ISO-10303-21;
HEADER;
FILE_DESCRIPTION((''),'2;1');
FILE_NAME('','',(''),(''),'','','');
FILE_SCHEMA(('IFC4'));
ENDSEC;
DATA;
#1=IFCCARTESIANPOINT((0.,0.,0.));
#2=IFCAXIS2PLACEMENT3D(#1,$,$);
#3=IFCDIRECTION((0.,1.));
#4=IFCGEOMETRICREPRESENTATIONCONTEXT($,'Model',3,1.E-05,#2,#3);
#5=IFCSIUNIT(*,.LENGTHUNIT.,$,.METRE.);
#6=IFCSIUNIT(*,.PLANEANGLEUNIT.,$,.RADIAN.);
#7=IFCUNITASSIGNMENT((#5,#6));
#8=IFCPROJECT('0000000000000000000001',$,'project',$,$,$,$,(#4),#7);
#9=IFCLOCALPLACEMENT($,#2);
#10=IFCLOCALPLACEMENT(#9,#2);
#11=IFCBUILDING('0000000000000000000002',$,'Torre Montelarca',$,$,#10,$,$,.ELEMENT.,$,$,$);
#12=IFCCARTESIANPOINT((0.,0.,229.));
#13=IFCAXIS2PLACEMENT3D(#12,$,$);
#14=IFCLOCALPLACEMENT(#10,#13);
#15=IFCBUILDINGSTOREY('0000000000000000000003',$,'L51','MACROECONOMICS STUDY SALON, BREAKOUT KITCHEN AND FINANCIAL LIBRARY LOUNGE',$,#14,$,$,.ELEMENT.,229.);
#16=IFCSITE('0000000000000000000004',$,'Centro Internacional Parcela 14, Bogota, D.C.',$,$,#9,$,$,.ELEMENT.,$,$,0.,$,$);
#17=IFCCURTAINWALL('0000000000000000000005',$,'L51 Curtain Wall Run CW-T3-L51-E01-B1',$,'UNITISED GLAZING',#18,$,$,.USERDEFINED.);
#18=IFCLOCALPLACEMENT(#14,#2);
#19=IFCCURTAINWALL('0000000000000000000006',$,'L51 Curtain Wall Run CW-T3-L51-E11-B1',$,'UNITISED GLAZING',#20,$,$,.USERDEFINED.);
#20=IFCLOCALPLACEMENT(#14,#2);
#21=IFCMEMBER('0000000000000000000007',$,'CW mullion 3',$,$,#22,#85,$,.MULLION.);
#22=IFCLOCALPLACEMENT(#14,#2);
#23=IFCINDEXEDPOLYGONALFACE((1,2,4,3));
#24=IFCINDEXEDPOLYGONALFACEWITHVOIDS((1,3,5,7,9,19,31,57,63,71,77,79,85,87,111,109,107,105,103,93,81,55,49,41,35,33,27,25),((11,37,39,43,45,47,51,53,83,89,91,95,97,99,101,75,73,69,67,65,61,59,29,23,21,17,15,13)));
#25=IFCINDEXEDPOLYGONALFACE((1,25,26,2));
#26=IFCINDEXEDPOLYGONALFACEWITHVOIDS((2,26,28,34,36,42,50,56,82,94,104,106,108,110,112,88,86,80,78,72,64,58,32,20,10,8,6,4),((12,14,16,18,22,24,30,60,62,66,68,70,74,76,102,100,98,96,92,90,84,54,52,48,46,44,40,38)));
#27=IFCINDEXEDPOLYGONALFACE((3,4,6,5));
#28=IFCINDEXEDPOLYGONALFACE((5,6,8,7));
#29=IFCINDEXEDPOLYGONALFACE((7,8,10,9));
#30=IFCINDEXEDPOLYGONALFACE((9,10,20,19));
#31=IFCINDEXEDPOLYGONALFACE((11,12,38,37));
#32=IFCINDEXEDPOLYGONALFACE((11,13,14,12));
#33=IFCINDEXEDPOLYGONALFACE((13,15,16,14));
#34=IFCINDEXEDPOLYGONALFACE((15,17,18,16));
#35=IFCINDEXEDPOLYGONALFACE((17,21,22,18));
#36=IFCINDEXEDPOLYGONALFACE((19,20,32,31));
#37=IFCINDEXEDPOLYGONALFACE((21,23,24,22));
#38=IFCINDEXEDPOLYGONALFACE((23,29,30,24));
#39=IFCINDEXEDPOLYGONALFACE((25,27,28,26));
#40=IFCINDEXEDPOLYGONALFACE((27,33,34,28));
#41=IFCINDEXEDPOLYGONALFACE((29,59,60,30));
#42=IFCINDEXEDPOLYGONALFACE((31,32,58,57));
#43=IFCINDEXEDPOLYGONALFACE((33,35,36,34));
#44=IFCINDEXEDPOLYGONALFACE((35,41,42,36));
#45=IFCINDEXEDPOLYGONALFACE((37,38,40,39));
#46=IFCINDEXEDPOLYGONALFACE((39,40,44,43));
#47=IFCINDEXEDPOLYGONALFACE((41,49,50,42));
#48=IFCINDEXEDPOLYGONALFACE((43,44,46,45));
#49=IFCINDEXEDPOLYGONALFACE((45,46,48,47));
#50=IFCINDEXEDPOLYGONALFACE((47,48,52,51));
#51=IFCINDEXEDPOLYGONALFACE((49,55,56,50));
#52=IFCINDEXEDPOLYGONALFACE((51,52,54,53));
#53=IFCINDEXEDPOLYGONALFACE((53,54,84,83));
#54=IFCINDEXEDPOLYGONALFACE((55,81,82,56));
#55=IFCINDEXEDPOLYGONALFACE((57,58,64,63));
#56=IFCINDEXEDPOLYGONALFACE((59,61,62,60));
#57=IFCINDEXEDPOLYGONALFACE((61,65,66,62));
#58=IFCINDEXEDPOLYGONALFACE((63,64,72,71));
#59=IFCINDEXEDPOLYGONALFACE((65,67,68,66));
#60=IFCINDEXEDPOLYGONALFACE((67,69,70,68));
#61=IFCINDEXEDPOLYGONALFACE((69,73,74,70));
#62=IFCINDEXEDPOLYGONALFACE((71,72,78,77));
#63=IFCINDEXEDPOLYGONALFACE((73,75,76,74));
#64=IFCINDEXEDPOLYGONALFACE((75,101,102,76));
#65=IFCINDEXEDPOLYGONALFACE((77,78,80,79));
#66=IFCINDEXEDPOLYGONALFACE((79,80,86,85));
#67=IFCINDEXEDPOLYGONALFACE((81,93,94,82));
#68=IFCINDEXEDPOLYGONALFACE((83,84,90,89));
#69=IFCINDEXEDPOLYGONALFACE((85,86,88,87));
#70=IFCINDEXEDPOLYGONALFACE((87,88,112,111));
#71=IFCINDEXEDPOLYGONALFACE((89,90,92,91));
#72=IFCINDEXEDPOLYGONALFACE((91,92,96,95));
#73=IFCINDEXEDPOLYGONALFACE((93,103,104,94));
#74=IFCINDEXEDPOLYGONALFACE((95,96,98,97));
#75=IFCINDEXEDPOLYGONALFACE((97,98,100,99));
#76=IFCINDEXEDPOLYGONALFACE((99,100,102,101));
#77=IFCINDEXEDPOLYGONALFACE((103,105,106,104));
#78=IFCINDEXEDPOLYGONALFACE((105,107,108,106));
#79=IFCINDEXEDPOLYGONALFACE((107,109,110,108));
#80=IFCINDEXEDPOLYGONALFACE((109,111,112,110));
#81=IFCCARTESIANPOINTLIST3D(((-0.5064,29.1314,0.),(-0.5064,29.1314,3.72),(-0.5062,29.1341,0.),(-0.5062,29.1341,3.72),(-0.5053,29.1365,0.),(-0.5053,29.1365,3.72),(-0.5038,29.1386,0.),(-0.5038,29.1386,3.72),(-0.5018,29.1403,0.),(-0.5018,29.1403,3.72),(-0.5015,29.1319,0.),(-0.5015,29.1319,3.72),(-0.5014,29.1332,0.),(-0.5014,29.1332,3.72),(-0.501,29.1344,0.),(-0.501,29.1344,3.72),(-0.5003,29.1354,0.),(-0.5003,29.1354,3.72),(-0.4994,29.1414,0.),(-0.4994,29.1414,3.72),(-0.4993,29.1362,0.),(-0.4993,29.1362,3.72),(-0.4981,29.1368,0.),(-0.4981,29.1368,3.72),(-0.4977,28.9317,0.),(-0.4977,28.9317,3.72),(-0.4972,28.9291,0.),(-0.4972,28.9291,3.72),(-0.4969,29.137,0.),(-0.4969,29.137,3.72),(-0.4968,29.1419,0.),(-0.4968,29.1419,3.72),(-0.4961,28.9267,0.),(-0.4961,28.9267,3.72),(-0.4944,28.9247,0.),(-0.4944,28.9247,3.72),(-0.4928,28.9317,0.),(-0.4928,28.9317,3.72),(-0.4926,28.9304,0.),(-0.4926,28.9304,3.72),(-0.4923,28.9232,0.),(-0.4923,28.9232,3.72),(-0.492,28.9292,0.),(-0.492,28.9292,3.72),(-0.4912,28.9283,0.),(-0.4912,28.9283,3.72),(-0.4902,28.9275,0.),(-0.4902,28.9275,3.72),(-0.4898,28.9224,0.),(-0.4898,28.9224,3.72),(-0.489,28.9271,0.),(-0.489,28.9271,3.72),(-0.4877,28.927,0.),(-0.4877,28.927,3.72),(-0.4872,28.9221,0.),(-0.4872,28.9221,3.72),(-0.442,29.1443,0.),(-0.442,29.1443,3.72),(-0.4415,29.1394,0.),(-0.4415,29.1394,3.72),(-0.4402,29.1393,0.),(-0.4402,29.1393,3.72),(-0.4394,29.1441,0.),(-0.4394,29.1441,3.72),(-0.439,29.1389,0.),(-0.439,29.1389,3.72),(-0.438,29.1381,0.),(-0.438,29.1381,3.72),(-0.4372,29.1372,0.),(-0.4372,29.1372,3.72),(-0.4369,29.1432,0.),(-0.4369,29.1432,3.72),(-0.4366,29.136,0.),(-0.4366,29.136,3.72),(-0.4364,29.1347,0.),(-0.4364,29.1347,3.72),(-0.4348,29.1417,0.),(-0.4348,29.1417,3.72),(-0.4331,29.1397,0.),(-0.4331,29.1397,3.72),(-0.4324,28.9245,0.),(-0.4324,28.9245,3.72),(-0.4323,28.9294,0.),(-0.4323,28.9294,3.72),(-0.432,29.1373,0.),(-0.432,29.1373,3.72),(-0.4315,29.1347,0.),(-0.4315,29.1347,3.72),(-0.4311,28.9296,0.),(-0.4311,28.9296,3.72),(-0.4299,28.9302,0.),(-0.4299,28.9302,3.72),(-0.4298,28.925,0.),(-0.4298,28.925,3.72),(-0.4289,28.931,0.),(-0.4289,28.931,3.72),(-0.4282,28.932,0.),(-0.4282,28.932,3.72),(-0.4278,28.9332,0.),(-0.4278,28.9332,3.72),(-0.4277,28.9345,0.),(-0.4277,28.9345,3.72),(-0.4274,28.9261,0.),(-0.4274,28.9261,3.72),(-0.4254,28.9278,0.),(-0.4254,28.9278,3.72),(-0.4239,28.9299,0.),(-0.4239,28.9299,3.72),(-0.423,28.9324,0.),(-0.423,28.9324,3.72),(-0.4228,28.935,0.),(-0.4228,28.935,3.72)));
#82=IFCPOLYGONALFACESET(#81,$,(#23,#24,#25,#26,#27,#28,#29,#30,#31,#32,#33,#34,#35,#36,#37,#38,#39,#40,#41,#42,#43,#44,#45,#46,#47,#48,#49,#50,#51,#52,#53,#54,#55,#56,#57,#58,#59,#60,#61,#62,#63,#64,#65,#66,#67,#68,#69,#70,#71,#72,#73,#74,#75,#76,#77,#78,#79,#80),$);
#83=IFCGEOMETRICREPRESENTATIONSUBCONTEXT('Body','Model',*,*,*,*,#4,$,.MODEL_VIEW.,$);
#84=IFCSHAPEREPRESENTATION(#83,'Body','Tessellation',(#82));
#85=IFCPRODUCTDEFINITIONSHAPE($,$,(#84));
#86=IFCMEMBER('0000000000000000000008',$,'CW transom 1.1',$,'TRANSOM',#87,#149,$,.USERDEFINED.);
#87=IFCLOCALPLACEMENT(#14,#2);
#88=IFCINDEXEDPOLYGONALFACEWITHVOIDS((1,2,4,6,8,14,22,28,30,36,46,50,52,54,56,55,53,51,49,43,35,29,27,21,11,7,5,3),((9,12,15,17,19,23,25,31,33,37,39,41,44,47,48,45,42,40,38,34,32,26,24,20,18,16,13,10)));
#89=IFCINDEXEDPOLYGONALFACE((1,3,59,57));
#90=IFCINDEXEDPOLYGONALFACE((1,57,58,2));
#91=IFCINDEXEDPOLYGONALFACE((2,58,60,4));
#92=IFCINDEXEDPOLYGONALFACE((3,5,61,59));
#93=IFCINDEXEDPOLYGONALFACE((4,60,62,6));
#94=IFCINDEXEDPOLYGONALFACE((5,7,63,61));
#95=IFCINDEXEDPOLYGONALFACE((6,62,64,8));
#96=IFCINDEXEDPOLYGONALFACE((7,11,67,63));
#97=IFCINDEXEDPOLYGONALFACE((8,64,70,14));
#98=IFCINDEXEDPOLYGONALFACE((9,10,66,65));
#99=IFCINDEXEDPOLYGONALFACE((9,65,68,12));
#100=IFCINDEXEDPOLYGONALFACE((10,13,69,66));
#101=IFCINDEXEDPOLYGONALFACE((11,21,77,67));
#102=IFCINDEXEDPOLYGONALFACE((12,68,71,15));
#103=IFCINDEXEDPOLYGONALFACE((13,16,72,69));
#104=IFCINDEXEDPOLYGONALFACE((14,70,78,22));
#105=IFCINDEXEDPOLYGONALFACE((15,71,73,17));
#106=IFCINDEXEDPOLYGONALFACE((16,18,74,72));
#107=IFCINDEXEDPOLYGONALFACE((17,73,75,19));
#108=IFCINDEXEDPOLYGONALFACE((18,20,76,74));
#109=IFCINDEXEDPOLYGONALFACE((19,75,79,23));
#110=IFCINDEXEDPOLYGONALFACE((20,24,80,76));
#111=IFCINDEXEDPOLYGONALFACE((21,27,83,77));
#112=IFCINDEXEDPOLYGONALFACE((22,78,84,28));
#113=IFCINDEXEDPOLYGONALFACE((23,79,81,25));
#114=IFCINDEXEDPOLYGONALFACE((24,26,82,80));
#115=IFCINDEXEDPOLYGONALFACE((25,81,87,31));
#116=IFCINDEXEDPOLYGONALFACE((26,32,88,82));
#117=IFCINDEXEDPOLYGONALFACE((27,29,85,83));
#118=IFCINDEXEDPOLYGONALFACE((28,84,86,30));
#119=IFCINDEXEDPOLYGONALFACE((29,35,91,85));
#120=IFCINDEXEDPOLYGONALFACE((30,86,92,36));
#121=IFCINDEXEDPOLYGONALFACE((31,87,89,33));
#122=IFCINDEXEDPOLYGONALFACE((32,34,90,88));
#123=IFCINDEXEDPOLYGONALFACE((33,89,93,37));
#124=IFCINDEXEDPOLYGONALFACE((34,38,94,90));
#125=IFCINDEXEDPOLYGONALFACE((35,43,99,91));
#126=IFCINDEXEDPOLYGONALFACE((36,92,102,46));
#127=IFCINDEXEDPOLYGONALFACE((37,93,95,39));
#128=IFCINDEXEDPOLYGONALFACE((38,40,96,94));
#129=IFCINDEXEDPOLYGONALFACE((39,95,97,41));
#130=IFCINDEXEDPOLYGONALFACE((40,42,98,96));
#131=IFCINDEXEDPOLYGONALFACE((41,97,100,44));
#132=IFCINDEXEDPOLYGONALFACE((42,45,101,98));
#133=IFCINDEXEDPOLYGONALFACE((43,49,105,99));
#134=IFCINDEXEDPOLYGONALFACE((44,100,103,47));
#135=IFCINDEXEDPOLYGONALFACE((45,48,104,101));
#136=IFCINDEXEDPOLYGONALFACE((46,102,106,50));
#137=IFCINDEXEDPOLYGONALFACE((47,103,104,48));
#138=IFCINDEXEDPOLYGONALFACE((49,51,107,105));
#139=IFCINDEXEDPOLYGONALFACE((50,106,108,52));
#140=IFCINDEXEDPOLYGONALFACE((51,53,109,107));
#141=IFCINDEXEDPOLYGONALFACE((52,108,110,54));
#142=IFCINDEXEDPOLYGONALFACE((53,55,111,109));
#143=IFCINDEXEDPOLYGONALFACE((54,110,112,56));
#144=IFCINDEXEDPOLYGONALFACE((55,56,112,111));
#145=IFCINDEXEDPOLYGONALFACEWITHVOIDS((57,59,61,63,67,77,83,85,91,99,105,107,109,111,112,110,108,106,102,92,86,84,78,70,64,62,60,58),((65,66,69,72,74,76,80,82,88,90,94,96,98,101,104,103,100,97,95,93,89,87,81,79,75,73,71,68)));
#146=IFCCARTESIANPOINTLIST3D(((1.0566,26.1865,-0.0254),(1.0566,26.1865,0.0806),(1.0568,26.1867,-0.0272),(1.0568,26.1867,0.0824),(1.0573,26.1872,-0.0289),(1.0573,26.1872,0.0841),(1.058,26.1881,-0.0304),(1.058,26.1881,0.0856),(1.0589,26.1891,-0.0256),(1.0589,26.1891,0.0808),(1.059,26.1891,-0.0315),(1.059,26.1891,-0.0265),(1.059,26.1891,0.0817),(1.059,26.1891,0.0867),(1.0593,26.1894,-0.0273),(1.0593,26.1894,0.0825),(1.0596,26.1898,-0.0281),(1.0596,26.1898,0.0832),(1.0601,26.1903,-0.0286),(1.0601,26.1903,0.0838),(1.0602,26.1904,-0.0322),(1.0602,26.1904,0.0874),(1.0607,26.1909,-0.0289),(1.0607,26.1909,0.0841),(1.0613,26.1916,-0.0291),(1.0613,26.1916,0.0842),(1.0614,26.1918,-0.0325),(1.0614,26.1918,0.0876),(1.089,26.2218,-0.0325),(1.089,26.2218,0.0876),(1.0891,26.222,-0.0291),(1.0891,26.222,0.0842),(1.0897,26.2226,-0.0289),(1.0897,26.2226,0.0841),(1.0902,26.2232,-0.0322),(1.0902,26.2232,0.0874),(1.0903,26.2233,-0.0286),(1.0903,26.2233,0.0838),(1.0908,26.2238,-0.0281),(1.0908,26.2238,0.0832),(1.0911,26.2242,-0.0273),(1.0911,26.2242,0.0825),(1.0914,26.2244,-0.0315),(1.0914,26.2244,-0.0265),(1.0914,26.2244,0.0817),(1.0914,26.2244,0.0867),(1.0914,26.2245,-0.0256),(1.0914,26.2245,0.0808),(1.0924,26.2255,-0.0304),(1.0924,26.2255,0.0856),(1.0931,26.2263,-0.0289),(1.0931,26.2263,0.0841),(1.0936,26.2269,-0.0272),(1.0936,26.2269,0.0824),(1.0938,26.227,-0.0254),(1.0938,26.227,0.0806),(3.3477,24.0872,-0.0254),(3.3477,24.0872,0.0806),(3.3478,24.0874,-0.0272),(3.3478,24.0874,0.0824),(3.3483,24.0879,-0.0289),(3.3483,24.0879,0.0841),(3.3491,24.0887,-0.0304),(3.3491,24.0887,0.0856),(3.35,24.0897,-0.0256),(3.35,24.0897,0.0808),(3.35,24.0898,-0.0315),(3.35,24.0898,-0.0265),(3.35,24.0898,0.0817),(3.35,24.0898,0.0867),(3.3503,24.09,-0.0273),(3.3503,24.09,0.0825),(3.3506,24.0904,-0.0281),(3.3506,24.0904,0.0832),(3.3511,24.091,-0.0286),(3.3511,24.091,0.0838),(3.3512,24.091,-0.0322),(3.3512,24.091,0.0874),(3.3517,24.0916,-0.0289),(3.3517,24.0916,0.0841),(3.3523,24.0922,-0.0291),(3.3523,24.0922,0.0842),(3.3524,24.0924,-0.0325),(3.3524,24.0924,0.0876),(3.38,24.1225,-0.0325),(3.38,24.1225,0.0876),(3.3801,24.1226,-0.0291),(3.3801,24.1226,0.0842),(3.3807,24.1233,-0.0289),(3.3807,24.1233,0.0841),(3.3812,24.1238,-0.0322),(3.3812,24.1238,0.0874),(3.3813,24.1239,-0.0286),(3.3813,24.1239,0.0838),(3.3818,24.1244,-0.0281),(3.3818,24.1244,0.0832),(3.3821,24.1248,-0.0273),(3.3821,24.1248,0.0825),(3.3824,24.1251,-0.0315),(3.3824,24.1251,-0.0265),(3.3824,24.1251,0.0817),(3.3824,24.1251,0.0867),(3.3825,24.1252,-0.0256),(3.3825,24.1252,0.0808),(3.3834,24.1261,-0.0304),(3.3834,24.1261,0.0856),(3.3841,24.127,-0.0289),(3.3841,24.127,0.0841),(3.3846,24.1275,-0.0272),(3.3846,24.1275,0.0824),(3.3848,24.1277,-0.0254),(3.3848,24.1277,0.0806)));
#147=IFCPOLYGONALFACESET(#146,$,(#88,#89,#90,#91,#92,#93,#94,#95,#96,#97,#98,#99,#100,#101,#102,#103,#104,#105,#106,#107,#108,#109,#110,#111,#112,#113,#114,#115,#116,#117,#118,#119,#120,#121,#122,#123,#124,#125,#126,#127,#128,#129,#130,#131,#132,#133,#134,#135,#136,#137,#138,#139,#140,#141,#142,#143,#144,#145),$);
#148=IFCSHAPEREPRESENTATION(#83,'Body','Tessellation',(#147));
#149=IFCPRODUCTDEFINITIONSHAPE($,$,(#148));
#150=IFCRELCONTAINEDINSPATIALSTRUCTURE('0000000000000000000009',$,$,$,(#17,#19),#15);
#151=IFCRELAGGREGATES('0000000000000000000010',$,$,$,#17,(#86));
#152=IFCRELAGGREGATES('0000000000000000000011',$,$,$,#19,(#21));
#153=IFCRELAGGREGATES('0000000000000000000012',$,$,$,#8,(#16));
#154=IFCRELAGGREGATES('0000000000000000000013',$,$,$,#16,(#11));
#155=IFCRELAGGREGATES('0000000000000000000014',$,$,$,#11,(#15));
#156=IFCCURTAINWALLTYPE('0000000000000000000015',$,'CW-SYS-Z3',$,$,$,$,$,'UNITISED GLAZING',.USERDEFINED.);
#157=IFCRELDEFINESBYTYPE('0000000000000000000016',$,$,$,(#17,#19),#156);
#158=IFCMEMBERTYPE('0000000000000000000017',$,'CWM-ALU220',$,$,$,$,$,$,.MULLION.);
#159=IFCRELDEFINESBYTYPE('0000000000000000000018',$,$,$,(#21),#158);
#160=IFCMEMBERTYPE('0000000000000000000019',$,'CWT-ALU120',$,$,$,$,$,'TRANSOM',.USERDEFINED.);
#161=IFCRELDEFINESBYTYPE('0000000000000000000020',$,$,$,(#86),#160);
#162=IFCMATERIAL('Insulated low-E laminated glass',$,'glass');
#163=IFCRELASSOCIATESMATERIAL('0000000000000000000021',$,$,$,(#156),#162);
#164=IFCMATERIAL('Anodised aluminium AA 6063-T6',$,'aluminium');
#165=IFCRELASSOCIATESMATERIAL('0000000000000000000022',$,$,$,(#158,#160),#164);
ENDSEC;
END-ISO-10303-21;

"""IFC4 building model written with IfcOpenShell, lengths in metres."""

from ifc_helpers import new_model, si_unit, direction, frame, origin, origin_2d, place, context, subcontext, project, spatial, hollow_rectangle, extrude, source, transform, mapped, material, material_profile, profile_set, type_object, element, aggregate, save


model = new_model("IFC4")

# Units and contexts
model_context = context("Model", 3, precision=1e-05, world=origin(), true_north=direction((0.0, 1.0)))
body_context = subcontext(model_context, "Body", "Model", "MODEL_VIEW")
ifc_project = project(units=[si_unit("LENGTHUNIT", "METRE"), si_unit("PLANEANGLEUNIT", "RADIAN")], contexts=[model_context])

# Site, building, storey
site_placement = place(None, origin())
site = spatial("IfcSite", under=ifc_project, at=site_placement, Name="Centro Internacional Parcela 14, Bogota, D.C.", CompositionType="ELEMENT", RefElevation=0.0)
building_placement = place(site_placement, origin())
building = spatial("IfcBuilding", under=site, at=building_placement, Name="Torre Montelarca", CompositionType="ELEMENT")
storey_placement = place(building_placement, frame((0.0, 0.0, 229.0)))
storey = spatial("IfcBuildingStorey", under=building, at=storey_placement, Name="L51", Description="MACROECONOMICS STUDY SALON, BREAKOUT KITCHEN AND FINANCIAL LIBRARY LOUNGE", CompositionType="ELEMENT", Elevation=229.0)

# Curtain wall
ifc_material_1 = material(Name="Insulated low-E laminated glass", Category="glass")
curtain_wall_type = type_object("IfcCurtainWallType", Name="CW-SYS-Z3", ElementType="UNITISED GLAZING", PredefinedType="USERDEFINED", material=ifc_material_1)
curtain_wall_1_placement = place(storey_placement, origin())
curtain_wall_1 = element("IfcCurtainWall", 1, at=curtain_wall_1_placement, inside=storey, type_object=curtain_wall_type, Name="L51 Curtain Wall Run CW-T3-L51-E01-B1", ObjectType="UNITISED GLAZING", PredefinedType="USERDEFINED")
ifc_material_2 = material(Name="Anodised aluminium AA 6063-T6", Category="aluminium")
ifc_material_profile_1 = material_profile(ifc_material_2, hollow_rectangle(XDim=0.075, YDim=0.22, WallThickness=0.0049, InnerFilletRadius=0.0049, OuterFilletRadius=0.01, at=origin_2d()), Name="ALU75X220X5", Category="aluminium")
ifc_profile_set_1 = profile_set([ifc_material_profile_1], Name="Anodised aluminium AA 6063-T6")
member_type_1 = type_object("IfcMemberType", Name="CWM-ALU220", PredefinedType="MULLION", material=ifc_profile_set_1)
shared_shape_1 = source(origin(), body_context, "Body", "SweptSolid", [
    extrude(hollow_rectangle(XDim=0.075, YDim=0.22, WallThickness=0.0049, InnerFilletRadius=0.0049, OuterFilletRadius=0.01, at=origin_2d()), origin(), (0.0, 0.0, 1.0), 3.72),
])

# Curtain wall, member
curtain_wall_2_placement = place(storey_placement, origin())
curtain_wall_2 = element("IfcCurtainWall", 2, at=curtain_wall_2_placement, inside=storey, type_object=curtain_wall_type, Name="L51 Curtain Wall Run CW-T3-L51-E11-B1", ObjectType="UNITISED GLAZING", PredefinedType="USERDEFINED")
member_1_placement = place(storey_placement, frame((-0.4646, 29.0332, 0.0), z_axis=(0.0, 0.0, 1.0), x_axis=(0.999048, 0.043625, 0.0)))
member_1 = element("IfcMember", 3, at=member_1_placement, type_object=member_type_1, Name="CW mullion 3", PredefinedType="MULLION", context=body_context, shape_type="MappedRepresentation", body=[
    mapped(shared_shape_1, transform((0.0, 0.0, 0.0), scale=1.0)),
])

# Member
ifc_material_profile_2 = material_profile(ifc_material_2, hollow_rectangle(XDim=0.0549, YDim=0.1201, WallThickness=0.0034, InnerFilletRadius=0.0034, OuterFilletRadius=0.0071, at=origin_2d()), Name="ALU55X120X3.5", Category="aluminium")
ifc_profile_set_2 = profile_set([ifc_material_profile_2], Name="Anodised aluminium AA 6063-T6")
member_type_2 = type_object("IfcMemberType", Name="CWT-ALU120", ElementType="TRANSOM", PredefinedType="USERDEFINED", material=ifc_profile_set_2)
shared_shape_2 = source(origin(), body_context, "Body", "SweptSolid", [
    extrude(hollow_rectangle(XDim=0.0549, YDim=0.1201, WallThickness=0.0034, InnerFilletRadius=0.0034, OuterFilletRadius=0.0071, at=origin_2d()), origin(), (0.0, 0.0, 1.0), 3.1074),
])
member_2_placement = place(storey_placement, frame((1.0752, 26.2068, 0.0276), z_axis=(0.737272, -0.675597, 0.0), x_axis=(0.675597, 0.737272, 0.0)))
member_2 = element("IfcMember", 4, at=member_2_placement, type_object=member_type_2, Name="CW transom 1.1", ObjectType="TRANSOM", PredefinedType="USERDEFINED", context=body_context, shape_type="MappedRepresentation", body=[
    mapped(shared_shape_2, transform((0.0, 0.0, 0.0), scale=1.0)),
])

aggregate(curtain_wall_1, [member_2])
aggregate(curtain_wall_2, [member_1])

save(model, "model.ifc")
